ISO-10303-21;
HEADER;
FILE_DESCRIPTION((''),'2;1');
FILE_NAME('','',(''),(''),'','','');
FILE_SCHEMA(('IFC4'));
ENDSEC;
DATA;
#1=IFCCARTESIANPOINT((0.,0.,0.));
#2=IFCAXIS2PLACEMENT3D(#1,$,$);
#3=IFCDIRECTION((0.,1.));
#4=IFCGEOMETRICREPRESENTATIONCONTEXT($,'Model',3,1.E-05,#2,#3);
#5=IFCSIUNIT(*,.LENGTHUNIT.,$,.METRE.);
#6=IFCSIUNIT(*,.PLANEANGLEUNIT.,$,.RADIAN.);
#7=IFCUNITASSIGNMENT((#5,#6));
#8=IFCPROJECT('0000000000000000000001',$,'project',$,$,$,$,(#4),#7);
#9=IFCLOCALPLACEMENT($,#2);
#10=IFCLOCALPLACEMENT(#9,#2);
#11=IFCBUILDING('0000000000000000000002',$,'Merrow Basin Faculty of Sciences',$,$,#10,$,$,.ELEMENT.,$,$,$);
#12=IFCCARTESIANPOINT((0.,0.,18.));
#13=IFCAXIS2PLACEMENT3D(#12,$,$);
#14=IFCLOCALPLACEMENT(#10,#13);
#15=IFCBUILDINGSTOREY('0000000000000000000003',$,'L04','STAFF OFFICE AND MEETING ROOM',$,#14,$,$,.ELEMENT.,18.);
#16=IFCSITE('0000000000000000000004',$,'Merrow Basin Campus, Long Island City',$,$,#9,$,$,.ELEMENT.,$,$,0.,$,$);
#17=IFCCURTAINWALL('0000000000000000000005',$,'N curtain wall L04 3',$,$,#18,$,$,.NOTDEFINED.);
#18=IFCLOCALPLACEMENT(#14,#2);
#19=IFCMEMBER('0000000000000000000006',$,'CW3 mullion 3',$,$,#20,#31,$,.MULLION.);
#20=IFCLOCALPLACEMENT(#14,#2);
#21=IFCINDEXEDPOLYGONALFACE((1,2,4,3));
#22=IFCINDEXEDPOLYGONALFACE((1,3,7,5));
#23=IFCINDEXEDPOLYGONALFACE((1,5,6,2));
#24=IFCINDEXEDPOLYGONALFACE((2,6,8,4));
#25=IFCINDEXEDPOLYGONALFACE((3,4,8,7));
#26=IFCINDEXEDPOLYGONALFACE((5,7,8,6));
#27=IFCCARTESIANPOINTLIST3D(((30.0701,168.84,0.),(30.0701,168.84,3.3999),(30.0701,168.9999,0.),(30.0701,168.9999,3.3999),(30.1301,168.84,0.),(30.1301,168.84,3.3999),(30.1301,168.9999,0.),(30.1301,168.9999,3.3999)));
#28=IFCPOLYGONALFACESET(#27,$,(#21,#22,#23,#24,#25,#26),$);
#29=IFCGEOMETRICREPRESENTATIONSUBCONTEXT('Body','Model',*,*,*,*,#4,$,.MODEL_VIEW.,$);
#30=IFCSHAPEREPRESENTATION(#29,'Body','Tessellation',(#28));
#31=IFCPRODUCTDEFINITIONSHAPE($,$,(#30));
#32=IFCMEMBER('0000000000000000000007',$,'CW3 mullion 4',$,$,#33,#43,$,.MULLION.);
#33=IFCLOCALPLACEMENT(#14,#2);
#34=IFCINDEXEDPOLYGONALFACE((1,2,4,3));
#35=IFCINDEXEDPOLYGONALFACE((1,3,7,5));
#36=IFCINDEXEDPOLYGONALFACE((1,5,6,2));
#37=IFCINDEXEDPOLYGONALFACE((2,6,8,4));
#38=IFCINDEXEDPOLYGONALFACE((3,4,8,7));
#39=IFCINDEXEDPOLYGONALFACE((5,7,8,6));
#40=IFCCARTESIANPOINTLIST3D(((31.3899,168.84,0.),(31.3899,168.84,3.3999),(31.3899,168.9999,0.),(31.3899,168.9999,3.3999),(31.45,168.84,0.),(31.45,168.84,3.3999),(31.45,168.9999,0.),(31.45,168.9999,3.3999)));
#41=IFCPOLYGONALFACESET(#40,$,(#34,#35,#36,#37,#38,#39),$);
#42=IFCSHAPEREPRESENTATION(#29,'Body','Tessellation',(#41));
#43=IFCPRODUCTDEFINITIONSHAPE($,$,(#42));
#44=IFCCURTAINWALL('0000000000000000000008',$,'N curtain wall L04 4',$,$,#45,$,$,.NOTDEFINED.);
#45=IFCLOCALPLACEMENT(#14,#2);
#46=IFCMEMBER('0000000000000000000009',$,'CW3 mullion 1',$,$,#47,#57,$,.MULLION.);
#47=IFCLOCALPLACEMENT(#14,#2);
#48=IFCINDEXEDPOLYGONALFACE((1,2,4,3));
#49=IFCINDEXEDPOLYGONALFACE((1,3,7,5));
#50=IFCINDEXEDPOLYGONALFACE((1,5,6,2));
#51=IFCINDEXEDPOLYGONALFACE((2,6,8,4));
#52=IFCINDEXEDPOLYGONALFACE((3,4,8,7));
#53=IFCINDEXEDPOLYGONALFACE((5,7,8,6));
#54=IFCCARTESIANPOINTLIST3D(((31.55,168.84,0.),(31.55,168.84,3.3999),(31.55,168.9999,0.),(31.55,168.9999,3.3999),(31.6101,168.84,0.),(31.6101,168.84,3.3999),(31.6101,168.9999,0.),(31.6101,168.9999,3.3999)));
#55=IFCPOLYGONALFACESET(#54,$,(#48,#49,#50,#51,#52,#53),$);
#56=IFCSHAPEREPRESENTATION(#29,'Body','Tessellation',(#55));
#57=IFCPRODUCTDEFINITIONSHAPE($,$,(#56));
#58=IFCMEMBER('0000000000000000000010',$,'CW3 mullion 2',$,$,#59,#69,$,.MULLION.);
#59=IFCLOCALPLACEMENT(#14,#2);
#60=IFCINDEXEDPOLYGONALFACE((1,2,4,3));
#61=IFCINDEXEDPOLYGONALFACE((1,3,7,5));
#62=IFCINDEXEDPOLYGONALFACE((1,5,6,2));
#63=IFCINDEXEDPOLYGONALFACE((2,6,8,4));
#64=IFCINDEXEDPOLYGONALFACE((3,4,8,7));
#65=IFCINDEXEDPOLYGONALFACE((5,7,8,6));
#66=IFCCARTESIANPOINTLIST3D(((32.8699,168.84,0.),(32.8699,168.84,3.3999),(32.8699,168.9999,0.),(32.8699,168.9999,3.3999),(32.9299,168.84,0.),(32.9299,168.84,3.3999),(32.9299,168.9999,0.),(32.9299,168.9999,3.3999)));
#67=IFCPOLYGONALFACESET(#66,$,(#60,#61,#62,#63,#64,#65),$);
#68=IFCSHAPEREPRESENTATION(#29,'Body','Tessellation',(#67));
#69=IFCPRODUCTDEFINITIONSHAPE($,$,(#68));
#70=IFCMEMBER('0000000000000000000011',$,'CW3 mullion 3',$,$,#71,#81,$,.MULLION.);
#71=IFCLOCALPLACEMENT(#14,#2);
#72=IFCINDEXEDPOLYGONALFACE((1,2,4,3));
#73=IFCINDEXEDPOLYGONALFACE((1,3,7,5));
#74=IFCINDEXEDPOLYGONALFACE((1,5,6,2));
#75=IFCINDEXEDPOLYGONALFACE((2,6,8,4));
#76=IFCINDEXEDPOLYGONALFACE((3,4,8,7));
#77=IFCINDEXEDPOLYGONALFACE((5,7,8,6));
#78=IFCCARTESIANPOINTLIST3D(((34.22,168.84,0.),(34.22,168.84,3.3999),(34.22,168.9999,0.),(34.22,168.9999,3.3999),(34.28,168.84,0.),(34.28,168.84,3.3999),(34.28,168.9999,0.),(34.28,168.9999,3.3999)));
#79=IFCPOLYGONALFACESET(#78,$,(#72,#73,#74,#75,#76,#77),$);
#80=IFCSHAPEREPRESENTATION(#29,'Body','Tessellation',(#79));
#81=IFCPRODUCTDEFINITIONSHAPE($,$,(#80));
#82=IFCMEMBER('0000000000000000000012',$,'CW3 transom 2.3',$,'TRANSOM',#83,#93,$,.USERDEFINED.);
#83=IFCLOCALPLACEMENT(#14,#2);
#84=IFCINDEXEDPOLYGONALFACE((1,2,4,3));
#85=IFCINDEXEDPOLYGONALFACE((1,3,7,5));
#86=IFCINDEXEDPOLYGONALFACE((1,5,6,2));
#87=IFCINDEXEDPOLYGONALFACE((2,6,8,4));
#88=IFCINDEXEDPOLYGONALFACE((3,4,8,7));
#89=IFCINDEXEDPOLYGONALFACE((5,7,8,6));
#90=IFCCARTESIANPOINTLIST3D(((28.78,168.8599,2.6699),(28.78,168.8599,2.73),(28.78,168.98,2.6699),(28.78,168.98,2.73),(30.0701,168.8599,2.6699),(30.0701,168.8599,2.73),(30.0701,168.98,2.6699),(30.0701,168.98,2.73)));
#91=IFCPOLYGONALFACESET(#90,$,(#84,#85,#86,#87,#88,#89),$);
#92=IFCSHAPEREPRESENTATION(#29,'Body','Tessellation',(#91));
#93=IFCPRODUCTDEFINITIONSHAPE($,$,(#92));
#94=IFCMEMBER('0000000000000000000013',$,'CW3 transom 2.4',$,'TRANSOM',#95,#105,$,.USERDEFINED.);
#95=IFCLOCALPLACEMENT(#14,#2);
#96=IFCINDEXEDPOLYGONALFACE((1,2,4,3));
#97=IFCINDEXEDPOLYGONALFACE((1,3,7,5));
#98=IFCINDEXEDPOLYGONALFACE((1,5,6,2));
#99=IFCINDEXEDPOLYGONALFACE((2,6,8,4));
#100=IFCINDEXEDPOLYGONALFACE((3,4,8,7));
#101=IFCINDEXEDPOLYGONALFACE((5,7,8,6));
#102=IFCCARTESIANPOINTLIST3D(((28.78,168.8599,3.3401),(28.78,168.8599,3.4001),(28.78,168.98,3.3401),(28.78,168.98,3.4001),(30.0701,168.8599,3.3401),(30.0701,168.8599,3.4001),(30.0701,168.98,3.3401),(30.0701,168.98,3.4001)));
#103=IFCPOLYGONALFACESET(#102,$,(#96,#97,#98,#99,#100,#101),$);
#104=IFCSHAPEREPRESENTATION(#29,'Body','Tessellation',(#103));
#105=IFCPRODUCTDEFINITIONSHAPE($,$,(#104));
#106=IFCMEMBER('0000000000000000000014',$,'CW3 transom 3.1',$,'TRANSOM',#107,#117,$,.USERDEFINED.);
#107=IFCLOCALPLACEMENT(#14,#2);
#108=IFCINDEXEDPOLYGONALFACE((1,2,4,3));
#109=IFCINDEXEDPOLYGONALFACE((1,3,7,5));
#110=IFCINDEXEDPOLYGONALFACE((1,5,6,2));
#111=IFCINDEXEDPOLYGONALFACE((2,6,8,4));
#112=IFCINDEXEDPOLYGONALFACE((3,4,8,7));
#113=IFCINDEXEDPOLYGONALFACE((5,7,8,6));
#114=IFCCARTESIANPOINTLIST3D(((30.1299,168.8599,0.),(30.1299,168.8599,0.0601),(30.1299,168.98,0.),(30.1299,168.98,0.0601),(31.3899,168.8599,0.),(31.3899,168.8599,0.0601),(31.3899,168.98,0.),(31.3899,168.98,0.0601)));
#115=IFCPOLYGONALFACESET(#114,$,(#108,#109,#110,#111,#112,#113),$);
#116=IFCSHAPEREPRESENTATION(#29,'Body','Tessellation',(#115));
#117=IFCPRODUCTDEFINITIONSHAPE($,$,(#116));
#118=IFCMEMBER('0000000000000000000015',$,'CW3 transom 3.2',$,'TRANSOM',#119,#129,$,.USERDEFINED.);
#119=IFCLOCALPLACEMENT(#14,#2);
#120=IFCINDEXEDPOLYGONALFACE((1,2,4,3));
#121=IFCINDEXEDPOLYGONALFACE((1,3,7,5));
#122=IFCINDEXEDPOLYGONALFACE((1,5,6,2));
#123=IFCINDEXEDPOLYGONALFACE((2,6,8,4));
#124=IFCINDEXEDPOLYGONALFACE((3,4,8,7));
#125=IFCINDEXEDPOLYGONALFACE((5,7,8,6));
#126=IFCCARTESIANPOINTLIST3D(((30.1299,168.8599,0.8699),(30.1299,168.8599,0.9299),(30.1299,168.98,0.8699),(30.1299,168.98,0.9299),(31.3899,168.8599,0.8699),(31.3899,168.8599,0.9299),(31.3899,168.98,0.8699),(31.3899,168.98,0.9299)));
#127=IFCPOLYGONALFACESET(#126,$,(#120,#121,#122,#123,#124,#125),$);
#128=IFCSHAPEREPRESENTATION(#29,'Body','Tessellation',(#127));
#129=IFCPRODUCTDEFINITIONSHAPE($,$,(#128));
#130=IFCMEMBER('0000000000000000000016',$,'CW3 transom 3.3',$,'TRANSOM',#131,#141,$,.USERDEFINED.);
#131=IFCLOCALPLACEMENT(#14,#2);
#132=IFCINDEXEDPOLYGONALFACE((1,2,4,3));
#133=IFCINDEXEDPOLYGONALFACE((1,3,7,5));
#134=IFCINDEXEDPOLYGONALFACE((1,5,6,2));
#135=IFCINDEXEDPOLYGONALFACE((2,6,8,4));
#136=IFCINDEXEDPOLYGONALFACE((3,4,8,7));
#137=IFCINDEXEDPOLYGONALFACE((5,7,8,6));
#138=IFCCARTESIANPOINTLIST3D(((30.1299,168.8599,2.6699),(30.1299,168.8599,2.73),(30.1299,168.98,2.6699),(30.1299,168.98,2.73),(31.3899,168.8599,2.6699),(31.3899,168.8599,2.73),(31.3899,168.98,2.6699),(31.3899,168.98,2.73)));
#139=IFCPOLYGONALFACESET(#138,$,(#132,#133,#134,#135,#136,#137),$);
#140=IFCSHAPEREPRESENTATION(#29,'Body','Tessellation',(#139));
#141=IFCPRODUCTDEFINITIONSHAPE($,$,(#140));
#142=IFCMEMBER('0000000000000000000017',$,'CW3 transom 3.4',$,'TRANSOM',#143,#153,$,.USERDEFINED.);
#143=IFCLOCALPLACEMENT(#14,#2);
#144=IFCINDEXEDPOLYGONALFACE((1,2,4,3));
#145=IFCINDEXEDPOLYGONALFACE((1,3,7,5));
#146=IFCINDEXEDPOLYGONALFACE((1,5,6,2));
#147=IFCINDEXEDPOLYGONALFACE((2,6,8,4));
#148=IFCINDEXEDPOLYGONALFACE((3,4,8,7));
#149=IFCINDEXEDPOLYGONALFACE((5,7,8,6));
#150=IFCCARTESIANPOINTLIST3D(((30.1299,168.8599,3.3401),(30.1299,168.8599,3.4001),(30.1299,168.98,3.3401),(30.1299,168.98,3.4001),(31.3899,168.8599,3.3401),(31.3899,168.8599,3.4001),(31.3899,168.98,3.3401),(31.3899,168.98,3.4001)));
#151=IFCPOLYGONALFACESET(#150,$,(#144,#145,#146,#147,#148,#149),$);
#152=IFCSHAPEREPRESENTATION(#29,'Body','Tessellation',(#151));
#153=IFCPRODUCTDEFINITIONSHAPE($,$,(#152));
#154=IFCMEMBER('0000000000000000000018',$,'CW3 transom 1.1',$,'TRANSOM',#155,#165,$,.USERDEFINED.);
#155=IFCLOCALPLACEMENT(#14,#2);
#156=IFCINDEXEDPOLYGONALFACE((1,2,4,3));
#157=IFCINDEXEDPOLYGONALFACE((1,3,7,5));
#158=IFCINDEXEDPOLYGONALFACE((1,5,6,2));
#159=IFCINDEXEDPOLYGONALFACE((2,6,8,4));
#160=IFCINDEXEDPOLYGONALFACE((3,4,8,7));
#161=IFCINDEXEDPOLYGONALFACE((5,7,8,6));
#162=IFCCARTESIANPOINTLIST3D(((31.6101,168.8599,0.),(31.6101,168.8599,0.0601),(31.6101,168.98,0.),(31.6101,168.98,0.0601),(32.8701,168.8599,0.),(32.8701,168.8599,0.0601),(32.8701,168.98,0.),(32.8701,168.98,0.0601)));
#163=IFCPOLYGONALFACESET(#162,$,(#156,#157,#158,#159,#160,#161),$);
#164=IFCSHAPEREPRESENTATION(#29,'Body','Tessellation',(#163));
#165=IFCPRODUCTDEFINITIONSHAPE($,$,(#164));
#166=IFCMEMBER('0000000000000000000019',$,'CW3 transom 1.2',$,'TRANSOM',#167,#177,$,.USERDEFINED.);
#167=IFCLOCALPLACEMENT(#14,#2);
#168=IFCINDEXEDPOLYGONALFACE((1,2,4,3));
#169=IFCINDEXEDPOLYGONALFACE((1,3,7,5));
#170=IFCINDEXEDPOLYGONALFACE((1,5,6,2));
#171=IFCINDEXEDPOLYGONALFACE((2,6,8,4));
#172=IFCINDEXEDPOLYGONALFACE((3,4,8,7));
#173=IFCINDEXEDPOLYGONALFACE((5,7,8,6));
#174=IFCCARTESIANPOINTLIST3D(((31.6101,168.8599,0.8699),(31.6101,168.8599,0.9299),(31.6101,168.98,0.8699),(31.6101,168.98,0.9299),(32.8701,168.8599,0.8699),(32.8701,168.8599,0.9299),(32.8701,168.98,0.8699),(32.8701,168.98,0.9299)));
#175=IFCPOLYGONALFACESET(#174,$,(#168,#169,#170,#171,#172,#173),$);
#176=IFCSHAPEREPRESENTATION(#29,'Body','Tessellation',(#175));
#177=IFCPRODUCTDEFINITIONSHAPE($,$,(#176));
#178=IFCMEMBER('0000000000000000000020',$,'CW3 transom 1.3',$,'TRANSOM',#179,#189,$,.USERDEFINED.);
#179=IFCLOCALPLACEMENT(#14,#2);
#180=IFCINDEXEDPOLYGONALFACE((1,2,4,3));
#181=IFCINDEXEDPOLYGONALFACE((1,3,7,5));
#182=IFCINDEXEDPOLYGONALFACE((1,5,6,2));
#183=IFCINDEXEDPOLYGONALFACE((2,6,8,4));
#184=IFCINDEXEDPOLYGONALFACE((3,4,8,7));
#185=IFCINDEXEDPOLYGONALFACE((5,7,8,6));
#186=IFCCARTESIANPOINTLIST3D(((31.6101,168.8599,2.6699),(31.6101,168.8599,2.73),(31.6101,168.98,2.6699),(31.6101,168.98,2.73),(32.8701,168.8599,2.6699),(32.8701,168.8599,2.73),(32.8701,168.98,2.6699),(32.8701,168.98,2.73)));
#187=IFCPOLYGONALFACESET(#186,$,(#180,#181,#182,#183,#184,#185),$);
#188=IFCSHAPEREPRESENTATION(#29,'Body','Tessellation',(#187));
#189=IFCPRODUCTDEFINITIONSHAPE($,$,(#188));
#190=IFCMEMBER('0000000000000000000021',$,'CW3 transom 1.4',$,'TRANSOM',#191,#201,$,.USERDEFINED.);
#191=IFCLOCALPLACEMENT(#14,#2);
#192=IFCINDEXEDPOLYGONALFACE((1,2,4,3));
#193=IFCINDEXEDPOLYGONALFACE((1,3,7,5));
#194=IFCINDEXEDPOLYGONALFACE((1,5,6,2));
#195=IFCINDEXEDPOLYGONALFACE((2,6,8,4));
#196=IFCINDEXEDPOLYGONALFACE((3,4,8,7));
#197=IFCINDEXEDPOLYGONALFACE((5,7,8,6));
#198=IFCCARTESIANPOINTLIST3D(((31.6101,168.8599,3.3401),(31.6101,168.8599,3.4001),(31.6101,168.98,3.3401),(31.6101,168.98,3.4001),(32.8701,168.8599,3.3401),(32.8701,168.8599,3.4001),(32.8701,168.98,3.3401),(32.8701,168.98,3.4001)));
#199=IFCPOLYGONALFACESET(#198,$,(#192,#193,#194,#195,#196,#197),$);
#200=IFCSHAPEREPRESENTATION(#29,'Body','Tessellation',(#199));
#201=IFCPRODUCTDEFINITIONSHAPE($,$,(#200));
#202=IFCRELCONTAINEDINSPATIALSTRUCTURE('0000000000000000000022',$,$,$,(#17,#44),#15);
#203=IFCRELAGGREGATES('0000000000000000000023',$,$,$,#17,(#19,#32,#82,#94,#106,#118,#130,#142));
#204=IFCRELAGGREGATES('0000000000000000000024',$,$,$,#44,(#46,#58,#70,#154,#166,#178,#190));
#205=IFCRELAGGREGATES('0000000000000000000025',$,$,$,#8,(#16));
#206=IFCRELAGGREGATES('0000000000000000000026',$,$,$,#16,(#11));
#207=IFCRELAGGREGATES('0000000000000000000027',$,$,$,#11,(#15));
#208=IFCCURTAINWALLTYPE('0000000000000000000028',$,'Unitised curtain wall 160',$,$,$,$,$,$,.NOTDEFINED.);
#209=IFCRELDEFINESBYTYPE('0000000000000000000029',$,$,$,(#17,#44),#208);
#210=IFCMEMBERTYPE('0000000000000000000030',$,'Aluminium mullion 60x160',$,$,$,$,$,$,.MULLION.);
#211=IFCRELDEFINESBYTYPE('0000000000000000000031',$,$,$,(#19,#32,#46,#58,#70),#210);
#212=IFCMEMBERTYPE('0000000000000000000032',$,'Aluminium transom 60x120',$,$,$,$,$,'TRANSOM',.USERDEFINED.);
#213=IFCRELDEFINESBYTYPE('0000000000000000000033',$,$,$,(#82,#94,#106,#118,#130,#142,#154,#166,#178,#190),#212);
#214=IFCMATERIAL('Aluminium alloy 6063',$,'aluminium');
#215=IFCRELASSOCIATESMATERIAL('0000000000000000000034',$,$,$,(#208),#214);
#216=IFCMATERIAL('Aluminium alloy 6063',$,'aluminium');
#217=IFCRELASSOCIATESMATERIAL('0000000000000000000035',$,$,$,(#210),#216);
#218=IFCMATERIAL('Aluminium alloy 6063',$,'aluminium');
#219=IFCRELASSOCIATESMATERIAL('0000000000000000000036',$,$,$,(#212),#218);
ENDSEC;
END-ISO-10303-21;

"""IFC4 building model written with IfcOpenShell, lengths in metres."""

from ifc_helpers import new_model, si_unit, direction, frame, origin, origin_2d, place, context, subcontext, project, spatial, rectangle, extrude, material, material_profile, profile_set, type_object, element, aggregate, save


model = new_model("IFC4")

# Units and contexts
model_context = context("Model", 3, precision=1e-05, world=origin(), true_north=direction((0.0, 1.0)))
body_context = subcontext(model_context, "Body", "Model", "MODEL_VIEW")
ifc_project = project(units=[si_unit("LENGTHUNIT", "METRE"), si_unit("PLANEANGLEUNIT", "RADIAN")], contexts=[model_context])

# Site, building, storey
site_placement = place(None, origin())
site = spatial("IfcSite", under=ifc_project, at=site_placement, Name="Merrow Basin Campus, Long Island City", CompositionType="ELEMENT", RefElevation=0.0)
building_placement = place(site_placement, origin())
building = spatial("IfcBuilding", under=site, at=building_placement, Name="Merrow Basin Faculty of Sciences", CompositionType="ELEMENT")
storey_placement = place(building_placement, frame((0.0, 0.0, 18.0)))
storey = spatial("IfcBuildingStorey", under=building, at=storey_placement, Name="L04", Description="STAFF OFFICE AND MEETING ROOM", CompositionType="ELEMENT", Elevation=18.0)

# Curtain walls, members
ifc_material_1 = material(Name="Aluminium alloy 6063", Category="aluminium")
curtain_wall_type = type_object("IfcCurtainWallType", Name="Unitised curtain wall 160", PredefinedType="NOTDEFINED", material=ifc_material_1)
curtain_wall_1_placement = place(storey_placement, origin())
curtain_wall_1 = element("IfcCurtainWall", 1, at=curtain_wall_1_placement, inside=storey, type_object=curtain_wall_type, Name="N curtain wall L04 3", PredefinedType="NOTDEFINED")
ifc_material_2 = material(Name="Aluminium alloy 6063", Category="aluminium")
ifc_material_profile_1 = material_profile(ifc_material_2, rectangle(XDim=0.1599, YDim=0.0601, at=origin_2d()))
ifc_profile_set_1 = profile_set([ifc_material_profile_1], Name="Aluminium alloy 6063")
member_type_1 = type_object("IfcMemberType", Name="Aluminium mullion 60x160", PredefinedType="MULLION", material=ifc_profile_set_1)
member_1_placement = place(storey_placement, frame((30.1001, 168.9199, 0.0), z_axis=(0.0, 0.0, 1.0), x_axis=(0.0, 1.0, 0.0)))
member_1 = element("IfcMember", 2, at=member_1_placement, type_object=member_type_1, Name="CW3 mullion 3", PredefinedType="MULLION", context=body_context, shape_type="SweptSolid", body=[
    extrude(rectangle(XDim=0.1599, YDim=0.0601, at=origin_2d()), origin(), (0.0, 0.0, 1.0), 3.3999),
])
member_2_placement = place(storey_placement, frame((31.4199, 168.9199, 0.0), z_axis=(0.0, 0.0, 1.0), x_axis=(0.0, 1.0, 0.0)))
member_2 = element("IfcMember", 3, at=member_2_placement, type_object=member_type_1, Name="CW3 mullion 4", PredefinedType="MULLION", context=body_context, shape_type="SweptSolid", body=[
    extrude(rectangle(XDim=0.1599, YDim=0.0601, at=origin_2d()), origin(), (0.0, 0.0, 1.0), 3.3999),
])
curtain_wall_2_placement = place(storey_placement, origin())
curtain_wall_2 = element("IfcCurtainWall", 4, at=curtain_wall_2_placement, inside=storey, type_object=curtain_wall_type, Name="N curtain wall L04 4", PredefinedType="NOTDEFINED")
member_3_placement = place(storey_placement, frame((31.5801, 168.9199, 0.0), z_axis=(0.0, 0.0, 1.0), x_axis=(0.0, 1.0, 0.0)))
member_3 = element("IfcMember", 5, at=member_3_placement, type_object=member_type_1, Name="CW3 mullion 1", PredefinedType="MULLION", context=body_context, shape_type="SweptSolid", body=[
    extrude(rectangle(XDim=0.1599, YDim=0.0601, at=origin_2d()), origin(), (0.0, 0.0, 1.0), 3.3999),
])
member_4_placement = place(storey_placement, frame((32.8999, 168.9199, 0.0), z_axis=(0.0, 0.0, 1.0), x_axis=(0.0, 1.0, 0.0)))
member_4 = element("IfcMember", 6, at=member_4_placement, type_object=member_type_1, Name="CW3 mullion 2", PredefinedType="MULLION", context=body_context, shape_type="SweptSolid", body=[
    extrude(rectangle(XDim=0.1599, YDim=0.0601, at=origin_2d()), origin(), (0.0, 0.0, 1.0), 3.3999),
])
member_5_placement = place(storey_placement, frame((34.25, 168.9199, 0.0), z_axis=(0.0, 0.0, 1.0), x_axis=(0.0, 1.0, 0.0)))
member_5 = element("IfcMember", 7, at=member_5_placement, type_object=member_type_1, Name="CW3 mullion 3", PredefinedType="MULLION", context=body_context, shape_type="SweptSolid", body=[
    extrude(rectangle(XDim=0.1599, YDim=0.0601, at=origin_2d()), origin(), (0.0, 0.0, 1.0), 3.3999),
])

# Members
ifc_material_3 = material(Name="Aluminium alloy 6063", Category="aluminium")
ifc_material_profile_2 = material_profile(ifc_material_3, rectangle(XDim=0.1201, YDim=0.0601, at=origin_2d()))
ifc_profile_set_2 = profile_set([ifc_material_profile_2], Name="Aluminium alloy 6063")
member_type_2 = type_object("IfcMemberType", Name="Aluminium transom 60x120", ElementType="TRANSOM", PredefinedType="USERDEFINED", material=ifc_profile_set_2)
member_6_placement = place(storey_placement, frame((28.78, 168.9199, 2.7), z_axis=(1.0, 0.0, 0.0), x_axis=(0.0, 1.0, 0.0)))
member_6 = element("IfcMember", 8, at=member_6_placement, type_object=member_type_2, Name="CW3 transom 2.3", ObjectType="TRANSOM", PredefinedType="USERDEFINED", context=body_context, shape_type="SweptSolid", body=[
    extrude(rectangle(XDim=0.1201, YDim=0.0601, at=origin_2d()), origin(), (0.0, 0.0, 1.0), 1.29),
])
member_7_placement = place(storey_placement, frame((28.78, 168.9199, 3.3701), z_axis=(1.0, 0.0, 0.0), x_axis=(0.0, 1.0, 0.0)))
member_7 = element("IfcMember", 9, at=member_7_placement, type_object=member_type_2, Name="CW3 transom 2.4", ObjectType="TRANSOM", PredefinedType="USERDEFINED", context=body_context, shape_type="SweptSolid", body=[
    extrude(rectangle(XDim=0.1201, YDim=0.0601, at=origin_2d()), origin(), (0.0, 0.0, 1.0), 1.29),
])
member_8_placement = place(storey_placement, frame((30.1299, 168.9199, 0.03), z_axis=(1.0, 0.0, 0.0), x_axis=(0.0, 1.0, 0.0)))
member_8 = element("IfcMember", 10, at=member_8_placement, type_object=member_type_2, Name="CW3 transom 3.1", ObjectType="TRANSOM", PredefinedType="USERDEFINED", context=body_context, shape_type="SweptSolid", body=[
    extrude(rectangle(XDim=0.1201, YDim=0.0601, at=origin_2d()), origin(), (0.0, 0.0, 1.0), 1.26),
])
member_9_placement = place(storey_placement, frame((30.1299, 168.9199, 0.8999), z_axis=(1.0, 0.0, 0.0), x_axis=(0.0, 1.0, 0.0)))
member_9 = element("IfcMember", 11, at=member_9_placement, type_object=member_type_2, Name="CW3 transom 3.2", ObjectType="TRANSOM", PredefinedType="USERDEFINED", context=body_context, shape_type="SweptSolid", body=[
    extrude(rectangle(XDim=0.1201, YDim=0.0601, at=origin_2d()), origin(), (0.0, 0.0, 1.0), 1.26),
])
member_10_placement = place(storey_placement, frame((30.1299, 168.9199, 2.7), z_axis=(1.0, 0.0, 0.0), x_axis=(0.0, 1.0, 0.0)))
member_10 = element("IfcMember", 12, at=member_10_placement, type_object=member_type_2, Name="CW3 transom 3.3", ObjectType="TRANSOM", PredefinedType="USERDEFINED", context=body_context, shape_type="SweptSolid", body=[
    extrude(rectangle(XDim=0.1201, YDim=0.0601, at=origin_2d()), origin(), (0.0, 0.0, 1.0), 1.26),
])
member_11_placement = place(storey_placement, frame((30.1299, 168.9199, 3.3701), z_axis=(1.0, 0.0, 0.0), x_axis=(0.0, 1.0, 0.0)))
member_11 = element("IfcMember", 13, at=member_11_placement, type_object=member_type_2, Name="CW3 transom 3.4", ObjectType="TRANSOM", PredefinedType="USERDEFINED", context=body_context, shape_type="SweptSolid", body=[
    extrude(rectangle(XDim=0.1201, YDim=0.0601, at=origin_2d()), origin(), (0.0, 0.0, 1.0), 1.26),
])
member_12_placement = place(storey_placement, frame((31.6101, 168.9199, 0.03), z_axis=(1.0, 0.0, 0.0), x_axis=(0.0, 1.0, 0.0)))
member_12 = element("IfcMember", 14, at=member_12_placement, type_object=member_type_2, Name="CW3 transom 1.1", ObjectType="TRANSOM", PredefinedType="USERDEFINED", context=body_context, shape_type="SweptSolid", body=[
    extrude(rectangle(XDim=0.1201, YDim=0.0601, at=origin_2d()), origin(), (0.0, 0.0, 1.0), 1.26),
])
member_13_placement = place(storey_placement, frame((31.6101, 168.9199, 0.8999), z_axis=(1.0, 0.0, 0.0), x_axis=(0.0, 1.0, 0.0)))
member_13 = element("IfcMember", 15, at=member_13_placement, type_object=member_type_2, Name="CW3 transom 1.2", ObjectType="TRANSOM", PredefinedType="USERDEFINED", context=body_context, shape_type="SweptSolid", body=[
    extrude(rectangle(XDim=0.1201, YDim=0.0601, at=origin_2d()), origin(), (0.0, 0.0, 1.0), 1.26),
])
member_14_placement = place(storey_placement, frame((31.6101, 168.9199, 2.7), z_axis=(1.0, 0.0, 0.0), x_axis=(0.0, 1.0, 0.0)))
member_14 = element("IfcMember", 16, at=member_14_placement, type_object=member_type_2, Name="CW3 transom 1.3", ObjectType="TRANSOM", PredefinedType="USERDEFINED", context=body_context, shape_type="SweptSolid", body=[
    extrude(rectangle(XDim=0.1201, YDim=0.0601, at=origin_2d()), origin(), (0.0, 0.0, 1.0), 1.26),
])
member_15_placement = place(storey_placement, frame((31.6101, 168.9199, 3.3701), z_axis=(1.0, 0.0, 0.0), x_axis=(0.0, 1.0, 0.0)))
member_15 = element("IfcMember", 17, at=member_15_placement, type_object=member_type_2, Name="CW3 transom 1.4", ObjectType="TRANSOM", PredefinedType="USERDEFINED", context=body_context, shape_type="SweptSolid", body=[
    extrude(rectangle(XDim=0.1201, YDim=0.0601, at=origin_2d()), origin(), (0.0, 0.0, 1.0), 1.26),
])

aggregate(curtain_wall_1, [member_1, member_2, member_6, member_7, member_8, member_9, member_10, member_11])
aggregate(curtain_wall_2, [member_3, member_4, member_5, member_12, member_13, member_14, member_15])

save(model, "model.ifc")
